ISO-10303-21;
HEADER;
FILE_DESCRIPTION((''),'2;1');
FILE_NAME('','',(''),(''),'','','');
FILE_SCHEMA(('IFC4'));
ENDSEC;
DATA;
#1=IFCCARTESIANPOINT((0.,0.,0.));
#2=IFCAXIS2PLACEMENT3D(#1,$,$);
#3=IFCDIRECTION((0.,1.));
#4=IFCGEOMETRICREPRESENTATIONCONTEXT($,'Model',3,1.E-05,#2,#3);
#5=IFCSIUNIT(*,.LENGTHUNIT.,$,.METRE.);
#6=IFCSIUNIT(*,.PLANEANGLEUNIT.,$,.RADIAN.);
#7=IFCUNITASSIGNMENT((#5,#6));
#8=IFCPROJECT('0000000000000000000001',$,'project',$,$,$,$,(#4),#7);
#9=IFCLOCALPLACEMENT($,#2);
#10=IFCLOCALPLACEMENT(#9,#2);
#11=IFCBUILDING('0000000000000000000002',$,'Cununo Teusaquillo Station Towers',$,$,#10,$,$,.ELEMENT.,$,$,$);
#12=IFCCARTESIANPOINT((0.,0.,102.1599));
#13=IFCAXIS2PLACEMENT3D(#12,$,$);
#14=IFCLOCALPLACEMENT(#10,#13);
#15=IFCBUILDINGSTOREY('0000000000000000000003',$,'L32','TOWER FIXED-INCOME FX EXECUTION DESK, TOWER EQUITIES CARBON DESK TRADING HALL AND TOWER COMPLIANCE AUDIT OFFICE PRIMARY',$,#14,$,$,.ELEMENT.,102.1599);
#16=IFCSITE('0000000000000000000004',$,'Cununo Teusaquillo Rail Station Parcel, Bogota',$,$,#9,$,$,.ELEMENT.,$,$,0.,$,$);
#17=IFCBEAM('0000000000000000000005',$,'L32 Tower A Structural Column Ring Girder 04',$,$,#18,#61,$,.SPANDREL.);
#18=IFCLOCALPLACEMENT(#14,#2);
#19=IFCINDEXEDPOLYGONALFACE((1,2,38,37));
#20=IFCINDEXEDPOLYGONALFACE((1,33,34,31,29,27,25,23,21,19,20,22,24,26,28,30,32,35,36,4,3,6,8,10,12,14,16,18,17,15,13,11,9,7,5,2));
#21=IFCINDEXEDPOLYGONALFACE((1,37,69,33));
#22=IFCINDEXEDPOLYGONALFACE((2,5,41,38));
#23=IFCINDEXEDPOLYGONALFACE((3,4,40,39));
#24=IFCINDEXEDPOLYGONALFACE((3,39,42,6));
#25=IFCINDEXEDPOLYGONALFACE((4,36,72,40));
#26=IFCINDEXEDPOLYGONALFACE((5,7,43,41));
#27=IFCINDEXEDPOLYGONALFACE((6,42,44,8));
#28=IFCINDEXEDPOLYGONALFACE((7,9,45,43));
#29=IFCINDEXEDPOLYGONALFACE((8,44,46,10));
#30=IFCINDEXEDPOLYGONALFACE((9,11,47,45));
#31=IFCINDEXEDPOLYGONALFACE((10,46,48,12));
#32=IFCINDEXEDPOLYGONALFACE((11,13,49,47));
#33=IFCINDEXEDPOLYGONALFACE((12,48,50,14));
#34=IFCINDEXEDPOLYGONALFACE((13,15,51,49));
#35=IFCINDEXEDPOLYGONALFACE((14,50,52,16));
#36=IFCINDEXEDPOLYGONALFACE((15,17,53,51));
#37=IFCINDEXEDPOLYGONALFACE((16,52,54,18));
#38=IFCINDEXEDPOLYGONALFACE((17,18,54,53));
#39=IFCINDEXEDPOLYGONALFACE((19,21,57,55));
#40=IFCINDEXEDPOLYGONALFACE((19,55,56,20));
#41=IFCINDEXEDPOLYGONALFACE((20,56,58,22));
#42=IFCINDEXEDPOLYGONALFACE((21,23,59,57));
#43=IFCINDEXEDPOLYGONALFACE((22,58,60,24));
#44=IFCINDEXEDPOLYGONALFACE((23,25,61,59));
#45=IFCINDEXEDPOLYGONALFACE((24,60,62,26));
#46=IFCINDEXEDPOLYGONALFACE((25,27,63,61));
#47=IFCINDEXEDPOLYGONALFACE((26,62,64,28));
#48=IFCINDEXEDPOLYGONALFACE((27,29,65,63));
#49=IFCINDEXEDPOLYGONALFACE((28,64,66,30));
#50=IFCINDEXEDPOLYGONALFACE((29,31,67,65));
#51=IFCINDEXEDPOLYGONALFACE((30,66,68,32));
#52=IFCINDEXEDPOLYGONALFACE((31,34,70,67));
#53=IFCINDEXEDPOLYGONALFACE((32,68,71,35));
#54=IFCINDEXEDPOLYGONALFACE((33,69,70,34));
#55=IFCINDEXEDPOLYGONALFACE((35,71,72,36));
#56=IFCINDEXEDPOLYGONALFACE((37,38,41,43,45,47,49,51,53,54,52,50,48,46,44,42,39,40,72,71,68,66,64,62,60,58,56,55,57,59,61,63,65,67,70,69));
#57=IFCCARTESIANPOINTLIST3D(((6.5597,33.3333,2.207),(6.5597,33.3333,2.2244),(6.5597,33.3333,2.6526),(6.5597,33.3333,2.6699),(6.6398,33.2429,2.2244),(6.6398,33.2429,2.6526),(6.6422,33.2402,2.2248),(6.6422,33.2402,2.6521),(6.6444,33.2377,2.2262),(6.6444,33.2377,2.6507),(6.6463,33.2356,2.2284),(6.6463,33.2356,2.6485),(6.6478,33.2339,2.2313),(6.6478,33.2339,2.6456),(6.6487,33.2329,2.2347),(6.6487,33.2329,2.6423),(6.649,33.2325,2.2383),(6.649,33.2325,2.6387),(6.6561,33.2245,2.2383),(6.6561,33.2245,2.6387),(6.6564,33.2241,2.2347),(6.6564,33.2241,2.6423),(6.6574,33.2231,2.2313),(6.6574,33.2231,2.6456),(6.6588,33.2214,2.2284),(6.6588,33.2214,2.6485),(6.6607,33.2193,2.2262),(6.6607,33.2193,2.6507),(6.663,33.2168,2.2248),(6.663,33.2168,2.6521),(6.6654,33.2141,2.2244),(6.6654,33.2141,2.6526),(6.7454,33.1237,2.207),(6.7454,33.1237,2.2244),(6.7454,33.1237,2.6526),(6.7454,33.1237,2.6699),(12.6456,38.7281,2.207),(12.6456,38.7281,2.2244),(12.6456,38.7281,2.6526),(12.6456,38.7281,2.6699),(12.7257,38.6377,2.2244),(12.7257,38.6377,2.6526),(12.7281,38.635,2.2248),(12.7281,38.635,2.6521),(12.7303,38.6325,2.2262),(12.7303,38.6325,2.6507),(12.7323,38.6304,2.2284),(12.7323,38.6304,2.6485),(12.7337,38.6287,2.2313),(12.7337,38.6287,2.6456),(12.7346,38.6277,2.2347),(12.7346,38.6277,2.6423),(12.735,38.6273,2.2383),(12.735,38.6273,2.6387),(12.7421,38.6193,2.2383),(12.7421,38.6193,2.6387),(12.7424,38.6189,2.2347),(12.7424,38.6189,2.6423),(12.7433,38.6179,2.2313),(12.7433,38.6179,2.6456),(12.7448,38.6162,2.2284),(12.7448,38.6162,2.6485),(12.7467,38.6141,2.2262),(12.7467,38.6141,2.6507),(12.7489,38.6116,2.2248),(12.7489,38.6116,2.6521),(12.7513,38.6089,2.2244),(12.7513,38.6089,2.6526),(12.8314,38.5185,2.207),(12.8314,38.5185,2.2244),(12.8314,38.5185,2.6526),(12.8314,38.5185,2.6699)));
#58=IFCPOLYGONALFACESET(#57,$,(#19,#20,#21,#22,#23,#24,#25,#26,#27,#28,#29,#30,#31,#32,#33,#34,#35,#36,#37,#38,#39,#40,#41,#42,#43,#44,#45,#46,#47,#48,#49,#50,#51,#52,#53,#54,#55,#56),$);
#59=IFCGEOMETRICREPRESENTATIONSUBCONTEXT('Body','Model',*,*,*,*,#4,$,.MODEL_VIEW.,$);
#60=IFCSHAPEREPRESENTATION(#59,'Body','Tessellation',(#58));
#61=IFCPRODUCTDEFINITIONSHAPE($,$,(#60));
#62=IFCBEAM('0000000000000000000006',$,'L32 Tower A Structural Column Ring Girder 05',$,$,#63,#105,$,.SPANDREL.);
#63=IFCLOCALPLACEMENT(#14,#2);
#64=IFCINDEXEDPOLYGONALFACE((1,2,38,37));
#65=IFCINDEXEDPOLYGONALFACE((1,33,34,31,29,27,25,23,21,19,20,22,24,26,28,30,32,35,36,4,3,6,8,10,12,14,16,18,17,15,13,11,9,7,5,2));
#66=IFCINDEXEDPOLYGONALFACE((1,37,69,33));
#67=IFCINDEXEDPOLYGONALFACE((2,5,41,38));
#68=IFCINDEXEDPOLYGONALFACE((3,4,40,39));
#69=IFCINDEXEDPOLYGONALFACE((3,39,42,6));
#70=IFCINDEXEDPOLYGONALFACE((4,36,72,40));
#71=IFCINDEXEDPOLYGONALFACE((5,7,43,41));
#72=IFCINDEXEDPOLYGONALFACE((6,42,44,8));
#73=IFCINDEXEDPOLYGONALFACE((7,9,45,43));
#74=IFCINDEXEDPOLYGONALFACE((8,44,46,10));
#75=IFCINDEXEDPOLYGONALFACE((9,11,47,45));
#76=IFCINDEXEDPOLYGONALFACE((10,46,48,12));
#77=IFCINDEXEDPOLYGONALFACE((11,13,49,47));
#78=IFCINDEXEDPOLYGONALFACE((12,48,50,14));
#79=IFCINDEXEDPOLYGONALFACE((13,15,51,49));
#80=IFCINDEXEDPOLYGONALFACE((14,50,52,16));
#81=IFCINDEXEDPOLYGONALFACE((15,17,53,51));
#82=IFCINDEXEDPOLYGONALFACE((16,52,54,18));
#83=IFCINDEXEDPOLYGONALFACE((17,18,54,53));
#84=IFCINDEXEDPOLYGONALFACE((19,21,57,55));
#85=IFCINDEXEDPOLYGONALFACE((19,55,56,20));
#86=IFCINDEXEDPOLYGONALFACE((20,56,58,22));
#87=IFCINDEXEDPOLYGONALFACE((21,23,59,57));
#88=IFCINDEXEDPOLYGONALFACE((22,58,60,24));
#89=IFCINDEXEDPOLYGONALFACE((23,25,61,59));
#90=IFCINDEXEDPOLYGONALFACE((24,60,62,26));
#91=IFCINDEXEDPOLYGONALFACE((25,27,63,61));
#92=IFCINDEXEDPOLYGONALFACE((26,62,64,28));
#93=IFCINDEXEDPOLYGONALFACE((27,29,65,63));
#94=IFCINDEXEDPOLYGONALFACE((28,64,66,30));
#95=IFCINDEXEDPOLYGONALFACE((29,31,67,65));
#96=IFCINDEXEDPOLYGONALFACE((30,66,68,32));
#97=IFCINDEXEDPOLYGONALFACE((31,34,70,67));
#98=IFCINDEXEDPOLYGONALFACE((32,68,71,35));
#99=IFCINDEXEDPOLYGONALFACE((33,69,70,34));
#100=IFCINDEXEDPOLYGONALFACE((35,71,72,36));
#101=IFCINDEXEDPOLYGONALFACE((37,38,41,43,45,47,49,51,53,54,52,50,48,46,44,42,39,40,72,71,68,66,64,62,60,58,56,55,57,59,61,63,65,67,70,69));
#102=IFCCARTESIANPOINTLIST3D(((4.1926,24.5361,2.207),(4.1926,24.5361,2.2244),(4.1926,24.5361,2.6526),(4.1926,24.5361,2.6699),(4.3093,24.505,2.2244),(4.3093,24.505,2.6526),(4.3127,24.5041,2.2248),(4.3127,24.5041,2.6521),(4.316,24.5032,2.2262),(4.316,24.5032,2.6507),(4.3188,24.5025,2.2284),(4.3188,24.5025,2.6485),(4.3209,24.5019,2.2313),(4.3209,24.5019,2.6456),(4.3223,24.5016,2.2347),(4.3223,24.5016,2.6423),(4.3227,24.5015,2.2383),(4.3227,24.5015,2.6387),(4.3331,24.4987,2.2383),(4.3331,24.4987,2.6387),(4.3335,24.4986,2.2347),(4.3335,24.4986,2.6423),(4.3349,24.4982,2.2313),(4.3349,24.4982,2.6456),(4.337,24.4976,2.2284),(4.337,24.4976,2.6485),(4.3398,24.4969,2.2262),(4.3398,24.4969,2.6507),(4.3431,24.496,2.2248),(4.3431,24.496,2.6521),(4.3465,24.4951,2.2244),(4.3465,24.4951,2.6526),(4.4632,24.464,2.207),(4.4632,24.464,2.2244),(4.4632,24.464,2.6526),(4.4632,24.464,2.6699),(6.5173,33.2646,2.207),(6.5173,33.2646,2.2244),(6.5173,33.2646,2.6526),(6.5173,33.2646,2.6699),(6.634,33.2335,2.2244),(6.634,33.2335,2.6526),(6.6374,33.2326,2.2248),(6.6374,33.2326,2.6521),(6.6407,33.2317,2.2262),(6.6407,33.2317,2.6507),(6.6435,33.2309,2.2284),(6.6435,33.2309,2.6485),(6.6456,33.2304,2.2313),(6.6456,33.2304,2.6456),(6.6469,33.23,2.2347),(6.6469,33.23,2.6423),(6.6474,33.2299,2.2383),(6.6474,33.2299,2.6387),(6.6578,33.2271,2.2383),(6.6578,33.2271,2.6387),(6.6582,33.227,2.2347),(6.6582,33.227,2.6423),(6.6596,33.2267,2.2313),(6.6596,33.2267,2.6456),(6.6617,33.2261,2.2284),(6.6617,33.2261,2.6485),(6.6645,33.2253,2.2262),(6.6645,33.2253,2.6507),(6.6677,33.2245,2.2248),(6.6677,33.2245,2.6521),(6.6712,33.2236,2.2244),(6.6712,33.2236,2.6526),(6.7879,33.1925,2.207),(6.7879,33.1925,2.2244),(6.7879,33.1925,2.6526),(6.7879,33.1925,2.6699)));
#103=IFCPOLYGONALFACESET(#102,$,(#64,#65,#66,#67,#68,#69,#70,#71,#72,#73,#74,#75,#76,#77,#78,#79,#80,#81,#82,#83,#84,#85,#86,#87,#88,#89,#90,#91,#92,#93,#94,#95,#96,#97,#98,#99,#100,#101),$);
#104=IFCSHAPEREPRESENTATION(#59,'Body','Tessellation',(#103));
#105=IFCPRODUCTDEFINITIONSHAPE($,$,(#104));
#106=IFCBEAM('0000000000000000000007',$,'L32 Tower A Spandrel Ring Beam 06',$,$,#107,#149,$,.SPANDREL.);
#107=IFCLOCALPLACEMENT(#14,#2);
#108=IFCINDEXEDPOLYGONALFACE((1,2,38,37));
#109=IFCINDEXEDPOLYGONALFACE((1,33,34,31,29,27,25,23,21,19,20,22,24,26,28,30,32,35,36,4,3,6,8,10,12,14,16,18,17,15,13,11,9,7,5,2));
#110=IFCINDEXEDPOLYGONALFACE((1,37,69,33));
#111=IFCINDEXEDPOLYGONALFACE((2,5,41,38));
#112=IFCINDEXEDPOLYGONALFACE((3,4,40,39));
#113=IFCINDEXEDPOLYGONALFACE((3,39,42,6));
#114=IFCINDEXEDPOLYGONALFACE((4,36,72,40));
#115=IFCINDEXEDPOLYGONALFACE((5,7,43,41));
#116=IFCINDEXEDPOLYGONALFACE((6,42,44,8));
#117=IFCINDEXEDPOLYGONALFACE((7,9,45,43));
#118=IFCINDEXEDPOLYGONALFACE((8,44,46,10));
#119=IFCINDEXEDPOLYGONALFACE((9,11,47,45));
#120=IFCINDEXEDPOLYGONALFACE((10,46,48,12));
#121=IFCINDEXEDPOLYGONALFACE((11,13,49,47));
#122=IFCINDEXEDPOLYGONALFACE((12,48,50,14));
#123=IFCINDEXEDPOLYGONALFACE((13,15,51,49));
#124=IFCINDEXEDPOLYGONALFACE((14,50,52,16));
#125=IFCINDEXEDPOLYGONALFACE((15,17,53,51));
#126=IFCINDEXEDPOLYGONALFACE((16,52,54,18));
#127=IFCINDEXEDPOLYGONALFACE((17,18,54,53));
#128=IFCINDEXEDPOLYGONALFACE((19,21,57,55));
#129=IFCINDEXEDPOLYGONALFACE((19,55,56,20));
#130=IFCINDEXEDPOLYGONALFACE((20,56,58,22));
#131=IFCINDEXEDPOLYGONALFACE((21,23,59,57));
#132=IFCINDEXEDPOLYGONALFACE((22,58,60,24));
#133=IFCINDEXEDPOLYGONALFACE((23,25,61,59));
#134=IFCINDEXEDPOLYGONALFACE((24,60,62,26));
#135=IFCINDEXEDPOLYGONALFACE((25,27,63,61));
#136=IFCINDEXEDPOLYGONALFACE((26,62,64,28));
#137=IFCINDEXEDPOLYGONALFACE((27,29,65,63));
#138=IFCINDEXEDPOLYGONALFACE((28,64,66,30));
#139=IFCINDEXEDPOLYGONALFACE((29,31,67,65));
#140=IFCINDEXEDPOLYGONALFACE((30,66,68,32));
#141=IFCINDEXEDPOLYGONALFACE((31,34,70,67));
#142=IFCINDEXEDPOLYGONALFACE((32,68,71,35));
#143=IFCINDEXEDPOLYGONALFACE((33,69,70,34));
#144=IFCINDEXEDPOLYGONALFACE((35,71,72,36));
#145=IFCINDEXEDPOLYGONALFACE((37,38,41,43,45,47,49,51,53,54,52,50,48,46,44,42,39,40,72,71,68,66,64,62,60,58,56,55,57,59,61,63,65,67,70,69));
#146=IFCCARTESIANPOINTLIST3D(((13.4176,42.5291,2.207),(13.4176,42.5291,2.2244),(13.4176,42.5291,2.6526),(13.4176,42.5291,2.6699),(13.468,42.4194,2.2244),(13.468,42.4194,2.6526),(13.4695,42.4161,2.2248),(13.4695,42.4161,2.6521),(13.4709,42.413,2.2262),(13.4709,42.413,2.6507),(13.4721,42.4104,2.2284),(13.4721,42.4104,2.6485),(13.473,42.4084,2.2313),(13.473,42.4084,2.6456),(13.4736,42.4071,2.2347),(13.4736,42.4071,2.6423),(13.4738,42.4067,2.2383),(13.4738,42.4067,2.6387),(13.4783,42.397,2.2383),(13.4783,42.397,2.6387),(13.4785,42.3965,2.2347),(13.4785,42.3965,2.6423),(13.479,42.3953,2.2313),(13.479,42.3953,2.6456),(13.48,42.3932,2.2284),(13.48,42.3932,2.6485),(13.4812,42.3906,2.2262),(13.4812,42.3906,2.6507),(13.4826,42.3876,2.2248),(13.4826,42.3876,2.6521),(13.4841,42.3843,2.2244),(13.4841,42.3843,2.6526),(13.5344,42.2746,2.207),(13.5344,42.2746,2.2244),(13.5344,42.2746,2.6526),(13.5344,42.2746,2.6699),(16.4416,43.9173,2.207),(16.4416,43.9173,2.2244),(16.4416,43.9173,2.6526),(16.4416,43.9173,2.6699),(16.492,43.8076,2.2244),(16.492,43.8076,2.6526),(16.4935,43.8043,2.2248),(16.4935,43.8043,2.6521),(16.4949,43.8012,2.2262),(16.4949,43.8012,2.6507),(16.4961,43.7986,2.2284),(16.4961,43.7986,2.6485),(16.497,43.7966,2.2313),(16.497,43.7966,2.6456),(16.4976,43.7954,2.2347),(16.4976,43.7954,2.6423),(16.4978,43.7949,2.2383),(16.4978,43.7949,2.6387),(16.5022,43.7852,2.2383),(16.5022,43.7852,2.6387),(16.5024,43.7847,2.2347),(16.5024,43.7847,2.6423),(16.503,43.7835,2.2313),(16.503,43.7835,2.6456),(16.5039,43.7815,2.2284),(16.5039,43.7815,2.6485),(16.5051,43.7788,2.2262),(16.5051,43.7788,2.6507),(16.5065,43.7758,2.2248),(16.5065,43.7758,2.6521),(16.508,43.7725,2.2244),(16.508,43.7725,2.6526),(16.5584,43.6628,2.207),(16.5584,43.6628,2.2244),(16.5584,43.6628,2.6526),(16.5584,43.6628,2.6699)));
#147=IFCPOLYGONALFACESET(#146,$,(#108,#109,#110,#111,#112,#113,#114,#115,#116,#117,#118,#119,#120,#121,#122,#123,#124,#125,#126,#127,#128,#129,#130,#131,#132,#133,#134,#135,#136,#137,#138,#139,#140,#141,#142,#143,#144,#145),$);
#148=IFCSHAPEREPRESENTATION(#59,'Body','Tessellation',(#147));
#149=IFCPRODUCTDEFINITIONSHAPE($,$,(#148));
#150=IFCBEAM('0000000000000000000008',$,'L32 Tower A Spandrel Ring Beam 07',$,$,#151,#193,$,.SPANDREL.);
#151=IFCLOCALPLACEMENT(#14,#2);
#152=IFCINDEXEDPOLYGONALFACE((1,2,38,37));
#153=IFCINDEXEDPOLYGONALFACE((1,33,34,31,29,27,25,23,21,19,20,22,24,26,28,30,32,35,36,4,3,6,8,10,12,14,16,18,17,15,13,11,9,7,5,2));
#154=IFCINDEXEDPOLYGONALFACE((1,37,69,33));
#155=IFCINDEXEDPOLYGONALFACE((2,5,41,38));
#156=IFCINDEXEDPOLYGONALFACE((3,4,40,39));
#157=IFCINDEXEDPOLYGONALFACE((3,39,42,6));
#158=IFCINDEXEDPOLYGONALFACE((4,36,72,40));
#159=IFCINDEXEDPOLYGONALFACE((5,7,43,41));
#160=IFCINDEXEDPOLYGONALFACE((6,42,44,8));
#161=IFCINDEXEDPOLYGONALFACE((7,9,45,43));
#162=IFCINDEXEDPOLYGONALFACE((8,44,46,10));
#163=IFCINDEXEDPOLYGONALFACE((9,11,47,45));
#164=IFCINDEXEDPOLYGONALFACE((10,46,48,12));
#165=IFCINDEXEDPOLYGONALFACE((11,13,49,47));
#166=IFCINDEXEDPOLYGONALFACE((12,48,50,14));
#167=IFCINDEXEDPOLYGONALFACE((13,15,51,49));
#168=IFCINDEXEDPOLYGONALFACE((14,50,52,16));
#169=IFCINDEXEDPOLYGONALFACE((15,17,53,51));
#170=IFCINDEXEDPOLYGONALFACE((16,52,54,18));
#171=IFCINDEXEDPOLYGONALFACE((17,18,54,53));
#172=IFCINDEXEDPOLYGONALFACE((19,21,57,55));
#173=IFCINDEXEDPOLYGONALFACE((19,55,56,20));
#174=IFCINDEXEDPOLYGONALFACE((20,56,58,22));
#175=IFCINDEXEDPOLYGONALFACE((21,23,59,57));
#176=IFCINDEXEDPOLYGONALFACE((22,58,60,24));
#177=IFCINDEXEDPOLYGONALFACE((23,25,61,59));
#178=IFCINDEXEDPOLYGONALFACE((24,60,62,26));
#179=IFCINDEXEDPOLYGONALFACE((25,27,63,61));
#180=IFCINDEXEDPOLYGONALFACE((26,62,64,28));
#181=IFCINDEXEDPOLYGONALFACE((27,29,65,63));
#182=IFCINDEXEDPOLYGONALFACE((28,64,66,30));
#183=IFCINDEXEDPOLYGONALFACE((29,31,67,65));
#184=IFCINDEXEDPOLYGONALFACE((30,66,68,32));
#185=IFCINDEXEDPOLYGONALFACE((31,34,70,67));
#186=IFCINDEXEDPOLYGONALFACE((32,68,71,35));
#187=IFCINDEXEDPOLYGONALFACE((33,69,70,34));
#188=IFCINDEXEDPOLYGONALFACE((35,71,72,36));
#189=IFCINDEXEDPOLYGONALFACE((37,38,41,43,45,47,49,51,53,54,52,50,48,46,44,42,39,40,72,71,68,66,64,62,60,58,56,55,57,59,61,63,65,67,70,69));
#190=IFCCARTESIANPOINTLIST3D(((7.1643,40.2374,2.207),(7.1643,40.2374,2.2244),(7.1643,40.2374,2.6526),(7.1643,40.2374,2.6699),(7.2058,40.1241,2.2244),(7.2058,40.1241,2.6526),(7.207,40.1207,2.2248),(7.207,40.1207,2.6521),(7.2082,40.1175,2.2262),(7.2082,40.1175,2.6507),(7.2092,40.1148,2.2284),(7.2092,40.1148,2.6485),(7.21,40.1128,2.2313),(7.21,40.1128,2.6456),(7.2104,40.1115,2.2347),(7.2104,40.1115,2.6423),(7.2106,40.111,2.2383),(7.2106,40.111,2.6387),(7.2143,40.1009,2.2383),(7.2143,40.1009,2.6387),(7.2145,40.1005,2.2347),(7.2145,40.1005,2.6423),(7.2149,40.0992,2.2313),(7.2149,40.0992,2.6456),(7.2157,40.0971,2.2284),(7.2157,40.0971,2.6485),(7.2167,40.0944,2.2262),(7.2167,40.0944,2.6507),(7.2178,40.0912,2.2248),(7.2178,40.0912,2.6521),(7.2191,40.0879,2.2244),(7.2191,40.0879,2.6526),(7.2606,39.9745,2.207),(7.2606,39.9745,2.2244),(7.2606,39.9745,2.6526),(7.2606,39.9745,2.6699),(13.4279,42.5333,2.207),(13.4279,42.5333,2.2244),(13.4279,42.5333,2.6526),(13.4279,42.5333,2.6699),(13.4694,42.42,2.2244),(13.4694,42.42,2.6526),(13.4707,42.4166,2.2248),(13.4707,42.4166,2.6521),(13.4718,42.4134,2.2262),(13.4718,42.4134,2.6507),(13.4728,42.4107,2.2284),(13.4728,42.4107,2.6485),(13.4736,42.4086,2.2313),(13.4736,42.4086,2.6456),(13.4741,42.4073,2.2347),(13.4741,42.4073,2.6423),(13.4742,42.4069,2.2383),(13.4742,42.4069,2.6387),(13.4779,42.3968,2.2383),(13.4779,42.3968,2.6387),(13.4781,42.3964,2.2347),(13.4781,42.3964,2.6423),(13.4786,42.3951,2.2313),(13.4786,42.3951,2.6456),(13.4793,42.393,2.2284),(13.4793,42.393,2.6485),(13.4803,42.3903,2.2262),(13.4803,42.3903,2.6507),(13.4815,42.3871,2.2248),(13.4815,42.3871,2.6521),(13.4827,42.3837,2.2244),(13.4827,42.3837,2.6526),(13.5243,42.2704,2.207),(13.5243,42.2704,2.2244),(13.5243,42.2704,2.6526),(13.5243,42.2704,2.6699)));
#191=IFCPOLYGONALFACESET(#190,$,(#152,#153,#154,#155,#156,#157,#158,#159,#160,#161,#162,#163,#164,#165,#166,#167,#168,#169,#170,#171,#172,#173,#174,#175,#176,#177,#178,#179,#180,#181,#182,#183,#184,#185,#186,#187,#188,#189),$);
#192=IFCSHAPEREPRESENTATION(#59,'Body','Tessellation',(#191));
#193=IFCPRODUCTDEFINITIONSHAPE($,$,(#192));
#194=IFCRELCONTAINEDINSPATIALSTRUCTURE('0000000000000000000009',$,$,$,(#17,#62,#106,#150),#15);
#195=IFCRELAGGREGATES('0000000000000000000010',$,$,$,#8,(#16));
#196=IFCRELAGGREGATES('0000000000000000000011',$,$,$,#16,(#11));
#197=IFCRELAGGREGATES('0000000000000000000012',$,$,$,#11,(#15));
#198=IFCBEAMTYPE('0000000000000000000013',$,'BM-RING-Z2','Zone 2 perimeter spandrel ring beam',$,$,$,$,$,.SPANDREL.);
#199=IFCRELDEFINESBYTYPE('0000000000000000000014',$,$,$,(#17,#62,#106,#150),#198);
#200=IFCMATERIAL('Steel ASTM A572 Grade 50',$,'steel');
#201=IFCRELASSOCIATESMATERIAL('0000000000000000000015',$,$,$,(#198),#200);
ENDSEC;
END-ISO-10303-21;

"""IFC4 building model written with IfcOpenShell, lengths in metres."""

from ifc_helpers import new_model, si_unit, direction, frame, origin, origin_2d, place, context, subcontext, project, spatial, i_section, extrude, material, material_profile, profile_set, type_object, element, save


model = new_model("IFC4")

# Units and contexts
model_context = context("Model", 3, precision=1e-05, world=origin(), true_north=direction((0.0, 1.0)))
body_context = subcontext(model_context, "Body", "Model", "MODEL_VIEW")
ifc_project = project(units=[si_unit("LENGTHUNIT", "METRE"), si_unit("PLANEANGLEUNIT", "RADIAN")], contexts=[model_context])

# Site, building, storey
site_placement = place(None, origin())
site = spatial("IfcSite", under=ifc_project, at=site_placement, Name="Cununo Teusaquillo Rail Station Parcel, Bogota", CompositionType="ELEMENT", RefElevation=0.0)
building_placement = place(site_placement, origin())
building = spatial("IfcBuilding", under=site, at=building_placement, Name="Cununo Teusaquillo Station Towers", CompositionType="ELEMENT")
storey_placement = place(building_placement, frame((0.0, 0.0, 102.1599)))
storey = spatial("IfcBuildingStorey", under=building, at=storey_placement, Name="L32", Description="TOWER FIXED-INCOME FX EXECUTION DESK, TOWER EQUITIES CARBON DESK TRADING HALL AND TOWER COMPLIANCE AUDIT OFFICE PRIMARY", CompositionType="ELEMENT", Elevation=102.1599)

# Beams
ifc_material_1 = material(Name="Steel ASTM A572 Grade 50", Category="steel")
ifc_material_profile_1 = material_profile(ifc_material_1, i_section(OverallWidth=0.28, OverallDepth=0.4629, WebThickness=0.0107, FlangeThickness=0.0173, FilletRadius=0.0139, at=origin_2d()), Name="W18X76")
ifc_profile_set_1 = profile_set([ifc_material_profile_1], Name="Steel ASTM A572 Grade 50")
beam_type_1 = type_object("IfcBeamType", Name="BM-RING-Z2", Description="Zone 2 perimeter spandrel ring beam", PredefinedType="SPANDREL", material=ifc_profile_set_1)
beam_1_placement = place(storey_placement, frame((12.7385, 38.6233, 2.4385), z_axis=(-0.748321, -0.663337, 0.0), x_axis=(0.663337, -0.748321, 0.0)))
element("IfcBeam", 1, at=beam_1_placement, inside=storey, type_object=beam_type_1, Name="L32 Tower A Structural Column Ring Girder 04", PredefinedType="SPANDREL", context=body_context, shape_type="SweptSolid", body=[
    extrude(i_section(OverallWidth=0.28, OverallDepth=0.4629, WebThickness=0.0107, FlangeThickness=0.0173, FilletRadius=0.0139, at=origin_2d()), origin(), (0.0, 0.0, 1.0), 8.1328),
])
beam_2_placement = place(storey_placement, frame((6.6526, 33.2285, 2.4385), z_axis=(-0.257363, -0.966315, 0.0), x_axis=(0.966315, -0.257363, 0.0)))
element("IfcBeam", 2, at=beam_2_placement, inside=storey, type_object=beam_type_1, Name="L32 Tower A Structural Column Ring Girder 05", PredefinedType="SPANDREL", context=body_context, shape_type="SweptSolid", body=[
    extrude(i_section(OverallWidth=0.28, OverallDepth=0.4629, WebThickness=0.0107, FlangeThickness=0.0173, FilletRadius=0.0139, at=origin_2d()), origin(), (0.0, 0.0, 1.0), 9.0327),
])
beam_3_placement = place(storey_placement, frame((16.5, 43.79, 2.4385), z_axis=(-0.908812, -0.417205, 0.0), x_axis=(0.417205, -0.908812, 0.0)))
element("IfcBeam", 3, at=beam_3_placement, inside=storey, type_object=beam_type_1, Name="L32 Tower A Spandrel Ring Beam 06", PredefinedType="SPANDREL", context=body_context, shape_type="SweptSolid", body=[
    extrude(i_section(OverallWidth=0.28, OverallDepth=0.4629, WebThickness=0.0107, FlangeThickness=0.0173, FilletRadius=0.0139, at=origin_2d()), origin(), (0.0, 0.0, 1.0), 3.3274),
])
beam_4_placement = place(storey_placement, frame((13.4761, 42.4019, 2.4385), z_axis=(-0.938914, -0.344151, 0.0), x_axis=(0.344151, -0.938914, 0.0)))
element("IfcBeam", 4, at=beam_4_placement, inside=storey, type_object=beam_type_1, Name="L32 Tower A Spandrel Ring Beam 07", PredefinedType="SPANDREL", context=body_context, shape_type="SweptSolid", body=[
    extrude(i_section(OverallWidth=0.28, OverallDepth=0.4629, WebThickness=0.0107, FlangeThickness=0.0173, FilletRadius=0.0139, at=origin_2d()), origin(), (0.0, 0.0, 1.0), 6.6711),
])

save(model, "model.ifc")
